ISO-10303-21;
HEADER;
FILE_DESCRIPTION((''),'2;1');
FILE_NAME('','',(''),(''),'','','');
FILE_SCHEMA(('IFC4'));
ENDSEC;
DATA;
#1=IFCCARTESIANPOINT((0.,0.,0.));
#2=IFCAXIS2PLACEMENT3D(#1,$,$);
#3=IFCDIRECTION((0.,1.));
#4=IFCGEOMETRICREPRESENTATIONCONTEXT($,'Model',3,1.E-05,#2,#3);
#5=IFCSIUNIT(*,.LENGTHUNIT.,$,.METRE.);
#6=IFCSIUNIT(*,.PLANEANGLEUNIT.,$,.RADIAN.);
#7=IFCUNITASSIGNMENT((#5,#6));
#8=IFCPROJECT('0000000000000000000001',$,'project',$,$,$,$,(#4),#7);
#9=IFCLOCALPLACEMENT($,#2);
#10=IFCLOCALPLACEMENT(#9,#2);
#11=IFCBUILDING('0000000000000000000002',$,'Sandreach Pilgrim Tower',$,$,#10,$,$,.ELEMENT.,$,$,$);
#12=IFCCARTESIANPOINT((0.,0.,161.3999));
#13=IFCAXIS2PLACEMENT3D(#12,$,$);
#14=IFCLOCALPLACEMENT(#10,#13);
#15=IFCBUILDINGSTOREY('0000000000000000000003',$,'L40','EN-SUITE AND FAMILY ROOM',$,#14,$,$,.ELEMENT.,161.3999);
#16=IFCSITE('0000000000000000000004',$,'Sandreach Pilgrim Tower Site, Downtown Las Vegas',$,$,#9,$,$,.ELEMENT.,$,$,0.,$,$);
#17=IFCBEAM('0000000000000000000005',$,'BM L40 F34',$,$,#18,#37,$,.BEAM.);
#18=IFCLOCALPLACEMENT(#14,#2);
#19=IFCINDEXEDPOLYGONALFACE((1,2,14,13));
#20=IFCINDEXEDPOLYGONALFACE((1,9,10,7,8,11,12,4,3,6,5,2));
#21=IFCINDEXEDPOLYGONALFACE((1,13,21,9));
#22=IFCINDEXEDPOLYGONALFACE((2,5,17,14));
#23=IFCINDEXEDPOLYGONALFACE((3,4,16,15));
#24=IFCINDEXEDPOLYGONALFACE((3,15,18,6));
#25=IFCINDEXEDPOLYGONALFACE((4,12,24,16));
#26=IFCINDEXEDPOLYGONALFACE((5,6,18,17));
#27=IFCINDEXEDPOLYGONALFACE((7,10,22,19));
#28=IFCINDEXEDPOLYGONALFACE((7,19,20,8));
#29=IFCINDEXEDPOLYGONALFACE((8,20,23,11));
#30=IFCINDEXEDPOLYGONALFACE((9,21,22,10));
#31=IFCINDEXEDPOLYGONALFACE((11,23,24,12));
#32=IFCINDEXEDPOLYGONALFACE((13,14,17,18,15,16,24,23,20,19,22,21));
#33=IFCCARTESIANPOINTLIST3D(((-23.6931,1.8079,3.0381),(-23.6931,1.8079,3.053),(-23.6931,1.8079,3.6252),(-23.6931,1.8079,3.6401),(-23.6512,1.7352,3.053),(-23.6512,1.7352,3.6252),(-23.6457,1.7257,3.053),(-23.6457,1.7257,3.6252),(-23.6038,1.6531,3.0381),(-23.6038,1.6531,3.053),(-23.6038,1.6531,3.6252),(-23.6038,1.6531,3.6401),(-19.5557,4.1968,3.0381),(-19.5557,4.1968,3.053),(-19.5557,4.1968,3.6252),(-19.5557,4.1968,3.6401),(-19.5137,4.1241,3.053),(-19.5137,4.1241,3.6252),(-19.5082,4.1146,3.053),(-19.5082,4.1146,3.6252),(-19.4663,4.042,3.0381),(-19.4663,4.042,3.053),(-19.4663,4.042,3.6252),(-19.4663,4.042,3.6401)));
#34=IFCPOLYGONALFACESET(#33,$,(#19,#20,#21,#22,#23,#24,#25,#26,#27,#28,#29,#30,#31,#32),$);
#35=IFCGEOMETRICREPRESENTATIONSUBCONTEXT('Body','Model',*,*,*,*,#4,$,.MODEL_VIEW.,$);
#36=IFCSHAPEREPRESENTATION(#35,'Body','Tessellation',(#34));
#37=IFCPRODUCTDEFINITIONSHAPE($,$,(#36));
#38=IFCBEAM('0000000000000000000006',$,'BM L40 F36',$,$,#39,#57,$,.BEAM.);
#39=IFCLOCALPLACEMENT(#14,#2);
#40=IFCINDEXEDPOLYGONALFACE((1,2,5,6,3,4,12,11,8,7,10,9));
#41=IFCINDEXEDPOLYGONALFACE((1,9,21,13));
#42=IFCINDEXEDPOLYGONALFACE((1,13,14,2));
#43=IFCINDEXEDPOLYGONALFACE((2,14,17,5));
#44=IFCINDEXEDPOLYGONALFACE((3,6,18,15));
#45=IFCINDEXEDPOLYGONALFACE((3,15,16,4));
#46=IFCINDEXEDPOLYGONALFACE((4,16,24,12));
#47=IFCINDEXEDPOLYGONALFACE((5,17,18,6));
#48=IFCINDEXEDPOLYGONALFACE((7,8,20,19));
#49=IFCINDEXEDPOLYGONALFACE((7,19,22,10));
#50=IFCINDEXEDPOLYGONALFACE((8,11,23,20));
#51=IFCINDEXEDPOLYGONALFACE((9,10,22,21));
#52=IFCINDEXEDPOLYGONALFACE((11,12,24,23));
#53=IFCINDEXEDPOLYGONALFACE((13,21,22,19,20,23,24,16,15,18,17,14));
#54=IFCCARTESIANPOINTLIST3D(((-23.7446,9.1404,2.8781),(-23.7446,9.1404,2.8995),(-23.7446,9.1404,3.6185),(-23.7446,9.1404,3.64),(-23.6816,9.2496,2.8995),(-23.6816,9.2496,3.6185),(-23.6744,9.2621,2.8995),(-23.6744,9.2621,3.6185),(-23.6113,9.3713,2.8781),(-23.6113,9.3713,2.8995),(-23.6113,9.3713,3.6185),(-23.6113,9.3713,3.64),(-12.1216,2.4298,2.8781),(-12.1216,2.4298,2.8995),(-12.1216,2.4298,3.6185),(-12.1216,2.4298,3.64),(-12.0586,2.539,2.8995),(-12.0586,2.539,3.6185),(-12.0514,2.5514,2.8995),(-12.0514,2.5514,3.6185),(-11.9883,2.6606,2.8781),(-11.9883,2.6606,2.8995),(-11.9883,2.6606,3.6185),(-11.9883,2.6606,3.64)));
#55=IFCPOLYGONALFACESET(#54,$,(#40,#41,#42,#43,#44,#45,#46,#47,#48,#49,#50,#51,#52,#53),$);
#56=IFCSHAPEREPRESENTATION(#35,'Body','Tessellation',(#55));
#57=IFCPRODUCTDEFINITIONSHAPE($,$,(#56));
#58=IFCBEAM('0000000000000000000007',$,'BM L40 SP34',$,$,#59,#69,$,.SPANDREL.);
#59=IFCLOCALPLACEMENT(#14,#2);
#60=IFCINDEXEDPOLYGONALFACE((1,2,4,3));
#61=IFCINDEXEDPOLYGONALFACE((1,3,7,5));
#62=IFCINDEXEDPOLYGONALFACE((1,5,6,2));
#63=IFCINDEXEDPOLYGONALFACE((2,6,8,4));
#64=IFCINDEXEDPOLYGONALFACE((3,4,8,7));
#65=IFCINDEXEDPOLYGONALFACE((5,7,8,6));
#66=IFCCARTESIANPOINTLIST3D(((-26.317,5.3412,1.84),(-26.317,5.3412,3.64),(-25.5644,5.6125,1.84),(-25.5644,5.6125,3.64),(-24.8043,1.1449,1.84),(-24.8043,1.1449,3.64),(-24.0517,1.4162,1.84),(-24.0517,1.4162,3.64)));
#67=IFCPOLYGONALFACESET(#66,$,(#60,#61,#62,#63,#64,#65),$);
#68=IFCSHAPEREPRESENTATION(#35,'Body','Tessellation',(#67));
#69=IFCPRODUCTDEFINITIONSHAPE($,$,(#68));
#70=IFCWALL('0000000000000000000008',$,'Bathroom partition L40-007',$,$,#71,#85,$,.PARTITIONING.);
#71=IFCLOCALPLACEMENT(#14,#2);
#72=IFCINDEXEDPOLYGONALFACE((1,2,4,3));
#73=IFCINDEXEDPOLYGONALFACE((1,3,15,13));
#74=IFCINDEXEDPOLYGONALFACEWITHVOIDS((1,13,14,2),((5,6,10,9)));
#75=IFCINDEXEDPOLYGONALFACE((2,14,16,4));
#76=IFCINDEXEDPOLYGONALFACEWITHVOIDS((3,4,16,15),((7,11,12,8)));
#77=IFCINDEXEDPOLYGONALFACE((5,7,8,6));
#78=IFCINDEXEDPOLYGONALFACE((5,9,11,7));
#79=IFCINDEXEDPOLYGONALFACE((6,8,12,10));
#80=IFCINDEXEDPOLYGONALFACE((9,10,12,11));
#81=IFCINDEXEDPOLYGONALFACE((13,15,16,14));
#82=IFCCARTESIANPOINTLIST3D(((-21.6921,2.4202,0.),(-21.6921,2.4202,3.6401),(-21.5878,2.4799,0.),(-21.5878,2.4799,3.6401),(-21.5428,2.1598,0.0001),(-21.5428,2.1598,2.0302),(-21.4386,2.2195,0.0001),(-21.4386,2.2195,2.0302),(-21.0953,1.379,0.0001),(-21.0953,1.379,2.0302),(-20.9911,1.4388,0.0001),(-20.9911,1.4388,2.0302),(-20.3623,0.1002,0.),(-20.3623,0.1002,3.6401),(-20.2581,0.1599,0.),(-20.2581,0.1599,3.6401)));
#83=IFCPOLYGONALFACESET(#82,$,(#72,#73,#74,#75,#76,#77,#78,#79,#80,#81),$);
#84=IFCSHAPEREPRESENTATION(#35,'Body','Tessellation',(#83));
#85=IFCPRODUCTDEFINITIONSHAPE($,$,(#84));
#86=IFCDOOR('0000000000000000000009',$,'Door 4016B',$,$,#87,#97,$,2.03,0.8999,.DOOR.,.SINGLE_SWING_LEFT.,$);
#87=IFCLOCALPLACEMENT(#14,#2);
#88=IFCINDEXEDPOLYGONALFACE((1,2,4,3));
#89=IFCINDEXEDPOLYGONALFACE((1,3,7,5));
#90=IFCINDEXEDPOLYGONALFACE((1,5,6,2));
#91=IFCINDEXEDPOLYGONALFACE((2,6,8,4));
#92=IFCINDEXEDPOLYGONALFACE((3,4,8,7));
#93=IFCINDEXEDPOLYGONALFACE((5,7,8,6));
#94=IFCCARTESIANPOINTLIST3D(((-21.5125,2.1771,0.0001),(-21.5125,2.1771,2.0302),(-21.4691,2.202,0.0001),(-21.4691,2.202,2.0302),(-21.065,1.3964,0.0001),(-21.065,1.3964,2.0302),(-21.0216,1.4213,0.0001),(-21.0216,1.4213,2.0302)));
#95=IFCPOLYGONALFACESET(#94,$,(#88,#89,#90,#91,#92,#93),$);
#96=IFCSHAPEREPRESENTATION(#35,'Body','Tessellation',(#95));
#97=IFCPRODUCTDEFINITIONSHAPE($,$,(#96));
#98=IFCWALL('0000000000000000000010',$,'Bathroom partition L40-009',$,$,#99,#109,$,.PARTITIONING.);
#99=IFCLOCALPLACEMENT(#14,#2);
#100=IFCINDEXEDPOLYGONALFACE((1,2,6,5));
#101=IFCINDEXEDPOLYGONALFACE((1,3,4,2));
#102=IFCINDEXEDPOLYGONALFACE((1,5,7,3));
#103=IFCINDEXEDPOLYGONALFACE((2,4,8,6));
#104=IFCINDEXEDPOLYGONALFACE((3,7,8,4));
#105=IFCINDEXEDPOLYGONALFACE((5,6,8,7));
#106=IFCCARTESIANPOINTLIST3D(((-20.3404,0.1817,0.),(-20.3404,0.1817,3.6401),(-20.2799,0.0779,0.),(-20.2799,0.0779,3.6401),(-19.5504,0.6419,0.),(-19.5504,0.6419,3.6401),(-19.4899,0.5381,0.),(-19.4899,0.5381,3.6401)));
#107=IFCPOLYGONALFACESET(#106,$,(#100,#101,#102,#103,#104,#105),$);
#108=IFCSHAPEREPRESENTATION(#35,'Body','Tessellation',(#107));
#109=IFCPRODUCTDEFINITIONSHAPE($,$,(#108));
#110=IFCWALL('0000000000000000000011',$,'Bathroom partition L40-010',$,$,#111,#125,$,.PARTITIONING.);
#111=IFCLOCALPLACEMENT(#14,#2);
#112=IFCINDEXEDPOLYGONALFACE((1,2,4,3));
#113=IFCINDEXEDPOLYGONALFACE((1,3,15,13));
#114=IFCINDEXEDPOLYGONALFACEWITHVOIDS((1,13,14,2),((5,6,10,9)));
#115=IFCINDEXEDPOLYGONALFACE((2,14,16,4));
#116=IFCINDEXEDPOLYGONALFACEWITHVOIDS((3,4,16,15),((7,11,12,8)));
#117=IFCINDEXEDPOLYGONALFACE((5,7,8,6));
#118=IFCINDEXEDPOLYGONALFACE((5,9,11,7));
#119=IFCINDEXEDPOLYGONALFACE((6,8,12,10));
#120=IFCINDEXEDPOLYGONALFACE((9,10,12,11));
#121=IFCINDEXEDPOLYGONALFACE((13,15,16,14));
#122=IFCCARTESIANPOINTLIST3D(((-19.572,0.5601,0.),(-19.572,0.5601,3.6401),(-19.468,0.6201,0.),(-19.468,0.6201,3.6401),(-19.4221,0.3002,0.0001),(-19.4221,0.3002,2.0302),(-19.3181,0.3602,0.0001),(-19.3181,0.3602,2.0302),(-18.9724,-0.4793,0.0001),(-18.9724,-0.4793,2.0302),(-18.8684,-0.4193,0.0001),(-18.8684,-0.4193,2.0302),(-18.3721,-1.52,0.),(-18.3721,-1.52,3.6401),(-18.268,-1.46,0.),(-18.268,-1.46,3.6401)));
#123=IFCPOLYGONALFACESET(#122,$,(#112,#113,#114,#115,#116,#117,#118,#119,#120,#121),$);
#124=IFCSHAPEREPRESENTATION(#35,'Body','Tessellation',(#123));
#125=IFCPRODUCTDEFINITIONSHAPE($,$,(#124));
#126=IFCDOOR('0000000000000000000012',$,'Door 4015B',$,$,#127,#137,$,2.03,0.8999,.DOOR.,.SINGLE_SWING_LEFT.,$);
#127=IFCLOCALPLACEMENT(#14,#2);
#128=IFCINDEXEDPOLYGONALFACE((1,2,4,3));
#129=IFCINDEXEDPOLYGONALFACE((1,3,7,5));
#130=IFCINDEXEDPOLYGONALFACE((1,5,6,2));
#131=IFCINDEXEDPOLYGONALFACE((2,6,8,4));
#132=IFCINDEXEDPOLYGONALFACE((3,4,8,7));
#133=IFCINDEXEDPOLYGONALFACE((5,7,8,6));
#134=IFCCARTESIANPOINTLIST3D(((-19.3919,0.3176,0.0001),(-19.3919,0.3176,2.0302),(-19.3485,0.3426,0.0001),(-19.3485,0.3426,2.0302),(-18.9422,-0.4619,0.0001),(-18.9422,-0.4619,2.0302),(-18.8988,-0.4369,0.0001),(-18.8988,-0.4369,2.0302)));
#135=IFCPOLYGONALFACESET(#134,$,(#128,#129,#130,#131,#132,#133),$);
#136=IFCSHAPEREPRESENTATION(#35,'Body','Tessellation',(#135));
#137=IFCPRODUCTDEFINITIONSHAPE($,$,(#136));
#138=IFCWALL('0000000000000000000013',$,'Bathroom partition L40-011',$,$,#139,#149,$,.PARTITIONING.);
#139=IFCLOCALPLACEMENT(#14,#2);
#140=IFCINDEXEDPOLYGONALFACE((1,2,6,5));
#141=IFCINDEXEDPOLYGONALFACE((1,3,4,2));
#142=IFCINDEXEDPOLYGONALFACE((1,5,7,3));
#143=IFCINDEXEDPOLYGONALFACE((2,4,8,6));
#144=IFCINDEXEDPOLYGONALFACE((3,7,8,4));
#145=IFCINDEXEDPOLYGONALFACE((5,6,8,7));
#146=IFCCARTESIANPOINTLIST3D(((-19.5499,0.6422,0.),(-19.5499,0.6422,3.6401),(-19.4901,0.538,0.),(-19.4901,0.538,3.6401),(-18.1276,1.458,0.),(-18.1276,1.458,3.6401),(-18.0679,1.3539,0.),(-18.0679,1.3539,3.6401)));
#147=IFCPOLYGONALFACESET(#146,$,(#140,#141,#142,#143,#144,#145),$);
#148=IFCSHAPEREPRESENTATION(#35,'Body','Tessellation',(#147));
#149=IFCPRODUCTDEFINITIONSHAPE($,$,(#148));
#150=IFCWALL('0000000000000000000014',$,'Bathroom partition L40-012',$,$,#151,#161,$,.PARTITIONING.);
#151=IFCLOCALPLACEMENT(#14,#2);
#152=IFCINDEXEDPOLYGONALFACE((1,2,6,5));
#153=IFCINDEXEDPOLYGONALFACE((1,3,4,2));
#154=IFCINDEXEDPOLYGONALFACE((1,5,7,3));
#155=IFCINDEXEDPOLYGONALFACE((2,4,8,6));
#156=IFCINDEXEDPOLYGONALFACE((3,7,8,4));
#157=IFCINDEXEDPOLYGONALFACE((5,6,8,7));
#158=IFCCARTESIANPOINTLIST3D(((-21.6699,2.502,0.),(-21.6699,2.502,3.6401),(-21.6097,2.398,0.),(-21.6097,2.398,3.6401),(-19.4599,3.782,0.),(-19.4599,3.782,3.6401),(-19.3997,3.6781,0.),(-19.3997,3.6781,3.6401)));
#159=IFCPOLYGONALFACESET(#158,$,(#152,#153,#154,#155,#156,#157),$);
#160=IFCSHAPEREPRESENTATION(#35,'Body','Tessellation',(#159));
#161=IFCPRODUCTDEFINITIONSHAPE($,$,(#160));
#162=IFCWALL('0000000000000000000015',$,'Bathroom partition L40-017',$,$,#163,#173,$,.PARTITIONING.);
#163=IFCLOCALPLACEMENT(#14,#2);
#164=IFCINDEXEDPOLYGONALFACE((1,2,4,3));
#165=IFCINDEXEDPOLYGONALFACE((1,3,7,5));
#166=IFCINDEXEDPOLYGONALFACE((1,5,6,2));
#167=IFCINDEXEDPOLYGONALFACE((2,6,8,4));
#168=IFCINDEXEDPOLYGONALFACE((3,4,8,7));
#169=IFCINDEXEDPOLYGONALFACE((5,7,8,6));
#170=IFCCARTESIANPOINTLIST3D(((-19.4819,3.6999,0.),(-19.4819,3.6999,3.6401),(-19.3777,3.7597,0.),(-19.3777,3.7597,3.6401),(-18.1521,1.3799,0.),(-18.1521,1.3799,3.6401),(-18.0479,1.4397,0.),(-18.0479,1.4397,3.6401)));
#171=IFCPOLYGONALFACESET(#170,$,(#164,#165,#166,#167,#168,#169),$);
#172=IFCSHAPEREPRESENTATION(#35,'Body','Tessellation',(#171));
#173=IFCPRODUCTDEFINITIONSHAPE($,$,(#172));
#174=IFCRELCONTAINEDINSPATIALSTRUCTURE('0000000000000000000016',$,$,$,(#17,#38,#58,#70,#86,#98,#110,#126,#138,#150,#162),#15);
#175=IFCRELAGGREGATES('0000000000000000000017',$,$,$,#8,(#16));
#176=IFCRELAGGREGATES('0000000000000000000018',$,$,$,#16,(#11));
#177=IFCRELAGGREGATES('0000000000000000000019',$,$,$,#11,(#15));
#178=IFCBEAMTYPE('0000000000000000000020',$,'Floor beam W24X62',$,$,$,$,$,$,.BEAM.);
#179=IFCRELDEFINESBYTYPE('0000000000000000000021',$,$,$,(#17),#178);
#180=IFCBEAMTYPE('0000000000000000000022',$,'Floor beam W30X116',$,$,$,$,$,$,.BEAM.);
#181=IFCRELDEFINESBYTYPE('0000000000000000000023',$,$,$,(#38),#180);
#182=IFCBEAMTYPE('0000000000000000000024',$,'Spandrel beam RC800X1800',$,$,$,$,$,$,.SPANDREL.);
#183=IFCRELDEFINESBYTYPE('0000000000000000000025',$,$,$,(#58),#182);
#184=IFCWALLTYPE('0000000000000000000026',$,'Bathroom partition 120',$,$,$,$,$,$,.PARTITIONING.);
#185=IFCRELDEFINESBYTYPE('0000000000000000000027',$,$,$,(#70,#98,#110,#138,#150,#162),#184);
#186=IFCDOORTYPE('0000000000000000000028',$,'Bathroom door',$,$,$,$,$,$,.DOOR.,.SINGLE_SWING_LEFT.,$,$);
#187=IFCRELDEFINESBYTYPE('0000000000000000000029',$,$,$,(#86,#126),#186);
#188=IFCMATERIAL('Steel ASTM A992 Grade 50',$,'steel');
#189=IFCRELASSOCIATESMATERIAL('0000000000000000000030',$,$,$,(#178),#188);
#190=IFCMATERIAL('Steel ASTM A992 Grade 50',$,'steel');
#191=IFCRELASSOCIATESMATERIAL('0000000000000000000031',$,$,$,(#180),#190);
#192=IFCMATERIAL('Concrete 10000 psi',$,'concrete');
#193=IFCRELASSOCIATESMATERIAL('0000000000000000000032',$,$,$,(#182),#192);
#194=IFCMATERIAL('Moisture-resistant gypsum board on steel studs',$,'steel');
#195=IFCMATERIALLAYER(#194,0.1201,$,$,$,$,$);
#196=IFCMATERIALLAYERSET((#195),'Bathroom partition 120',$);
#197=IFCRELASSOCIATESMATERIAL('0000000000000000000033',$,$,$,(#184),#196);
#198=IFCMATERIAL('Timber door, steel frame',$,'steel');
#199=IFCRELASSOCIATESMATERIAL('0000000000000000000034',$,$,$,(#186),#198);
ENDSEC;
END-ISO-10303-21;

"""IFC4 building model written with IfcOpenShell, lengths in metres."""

from ifc_helpers import new_model, si_unit, direction, frame, frame_2d, origin, origin_2d, place, context, subcontext, project, spatial, rectangle, i_section, extrude, material, layer, layer_set, material_profile, profile_set, type_object, element, fill, save


model = new_model("IFC4")

# Units and contexts
model_context = context("Model", 3, precision=1e-05, world=origin(), true_north=direction((0.0, 1.0)))
body_context = subcontext(model_context, "Body", "Model", "MODEL_VIEW")
ifc_project = project(units=[si_unit("LENGTHUNIT", "METRE"), si_unit("PLANEANGLEUNIT", "RADIAN")], contexts=[model_context])

# Site, building, storey
site_placement = place(None, origin())
site = spatial("IfcSite", under=ifc_project, at=site_placement, Name="Sandreach Pilgrim Tower Site, Downtown Las Vegas", CompositionType="ELEMENT", RefElevation=0.0)
building_placement = place(site_placement, origin())
building = spatial("IfcBuilding", under=site, at=building_placement, Name="Sandreach Pilgrim Tower", CompositionType="ELEMENT")
storey_placement = place(building_placement, frame((0.0, 0.0, 161.3999)))
storey = spatial("IfcBuildingStorey", under=building, at=storey_placement, Name="L40", Description="EN-SUITE AND FAMILY ROOM", CompositionType="ELEMENT", Elevation=161.3999)

# Beams
ifc_material_1 = material(Name="Steel ASTM A992 Grade 50", Category="steel")
ifc_material_profile_1 = material_profile(ifc_material_1, i_section(OverallWidth=0.1787, OverallDepth=0.6021, WebThickness=0.011, FlangeThickness=0.0149, at=origin_2d()), Name="W24X62")
ifc_profile_set_1 = profile_set([ifc_material_profile_1], Name="Steel ASTM A992 Grade 50")
beam_type_1 = type_object("IfcBeamType", Name="Floor beam W24X62", PredefinedType="BEAM", material=ifc_profile_set_1)
beam_1_placement = place(storey_placement, frame((-23.6484, 1.7305, 3.3391), z_axis=(0.866011, 0.500025, 0.0), x_axis=(-0.500025, 0.866011, 0.0)))
element("IfcBeam", 1, at=beam_1_placement, inside=storey, type_object=beam_type_1, Name="BM L40 F34", PredefinedType="BEAM", context=body_context, shape_type="SweptSolid", body=[
    extrude(i_section(OverallWidth=0.1787, OverallDepth=0.6021, WebThickness=0.011, FlangeThickness=0.0149, at=origin_2d()), origin(), (0.0, 0.0, 1.0), 4.7776),
])
ifc_material_2 = material(Name="Steel ASTM A992 Grade 50", Category="steel")
ifc_material_profile_2 = material_profile(ifc_material_2, i_section(OverallWidth=0.2666, OverallDepth=0.762, WebThickness=0.0144, FlangeThickness=0.0215, at=origin_2d()), Name="W30X116")
ifc_profile_set_2 = profile_set([ifc_material_profile_2], Name="Steel ASTM A992 Grade 50")
beam_type_2 = type_object("IfcBeamType", Name="Floor beam W30X116", PredefinedType="BEAM", material=ifc_profile_set_2)
beam_2_placement = place(storey_placement, frame((-23.678, 9.2559, 3.259), z_axis=(0.866021, -0.500007, 0.0), x_axis=(0.500007, 0.866021, 0.0)))
element("IfcBeam", 2, at=beam_2_placement, inside=storey, type_object=beam_type_2, Name="BM L40 F36", PredefinedType="BEAM", context=body_context, shape_type="SweptSolid", body=[
    extrude(i_section(OverallWidth=0.2666, OverallDepth=0.762, WebThickness=0.0144, FlangeThickness=0.0215, at=origin_2d()), origin(), (0.0, 0.0, 1.0), 13.4211),
])
ifc_material_3 = material(Name="Concrete 10000 psi", Category="concrete")
ifc_material_profile_3 = material_profile(ifc_material_3, rectangle(XDim=0.8, YDim=1.8, at=origin_2d()), Name="RC800X1800")
ifc_profile_set_3 = profile_set([ifc_material_profile_3], Name="Concrete 10000 psi")
beam_type_3 = type_object("IfcBeamType", Name="Spandrel beam RC800X1800", PredefinedType="SPANDREL", material=ifc_profile_set_3)
beam_3_placement = place(storey_placement, frame((-24.428, 1.2805, 2.74), z_axis=(-0.339123, 0.940742, 0.0), x_axis=(-0.940742, -0.339123, 0.0)))
element("IfcBeam", 3, at=beam_3_placement, inside=storey, type_object=beam_type_3, Name="BM L40 SP34", PredefinedType="SPANDREL", context=body_context, shape_type="SweptSolid", body=[
    extrude(rectangle(XDim=0.8, YDim=1.8, at=origin_2d()), origin(), (0.0, 0.0, 1.0), 4.4607),
])

# Wall, opening, door
ifc_material_4 = material(Name="Moisture-resistant gypsum board on steel studs", Category="steel")
ifc_layer_1 = layer(ifc_material_4, 0.1201)
ifc_layer_set_1 = layer_set([ifc_layer_1], Name="Bathroom partition 120")
wall_type_1 = type_object("IfcWallType", Name="Bathroom partition 120", PredefinedType="PARTITIONING", material=ifc_layer_set_1)
wall_1_placement = place(storey_placement, frame((-21.6399, 2.45, 0.0), z_axis=(0.0, 0.0, 1.0), x_axis=(0.497289, -0.867585, 0.0)))
wall_1 = element("IfcWall", 4, at=wall_1_placement, inside=storey, type_object=wall_type_1, Name="Bathroom partition L40-007", PredefinedType="PARTITIONING", context=body_context, shape_type="SweptSolid", body=[
    extrude(rectangle(XDim=2.6741, YDim=0.1201, at=frame_2d((1.3369, 0.0))), origin(), (0.0, 0.0, 1.0), 3.6401),
])
opening_1_placement = place(wall_1_placement, frame((0.3, 0.0, 0.0)))
opening_1 = element("IfcOpeningElement", 5, at=opening_1_placement, cuts=wall_1, PredefinedType="OPENING", context=body_context, shape_type="SweptSolid", body=[
    extrude(rectangle(XDim=0.8999, YDim=2.03, at=frame_2d((0.45, 1.0151))), frame((0.0, 0.0601, 0.0), z_axis=(0.0, -1.0, 0.0), x_axis=(1.0, 0.0, 0.0)), (0.0, 0.0, 1.0), 0.1201),
])
ifc_material_5 = material(Name="Timber door, steel frame", Category="steel")
door_type_1 = type_object("IfcDoorType", Name="Bathroom door", OperationType="SINGLE_SWING_LEFT", PredefinedType="DOOR", material=ifc_material_5)
door_1_placement = place(opening_1_placement, origin())
door_1 = element("IfcDoor", 6, at=door_1_placement, inside=storey, type_object=door_type_1, Name="Door 4016B", OperationType="SINGLE_SWING_LEFT", OverallHeight=2.03, OverallWidth=0.8999, PredefinedType="DOOR", context=body_context, shape_type="SweptSolid", body=[
    extrude(rectangle(XDim=0.8999, YDim=2.03, at=frame_2d((0.45, 1.0151))), frame((0.0, 0.0249, 0.0), z_axis=(0.0, -1.0, 0.0), x_axis=(1.0, 0.0, 0.0)), (0.0, 0.0, 1.0), 0.05),
])
fill(opening_1, door_1)

# Wall
wall_2_placement = place(storey_placement, frame((-20.3101, 0.1299, 0.0), z_axis=(0.0, 0.0, 1.0), x_axis=(0.864089, 0.50334, 0.0)))
element("IfcWall", 7, at=wall_2_placement, inside=storey, type_object=wall_type_1, Name="Bathroom partition L40-009", PredefinedType="PARTITIONING", context=body_context, shape_type="SweptSolid", body=[
    extrude(rectangle(XDim=0.9143, YDim=0.1201, at=frame_2d((0.457, 0.0))), origin(), (0.0, 0.0, 1.0), 3.6401),
])

# Wall, opening, door
wall_3_placement = place(storey_placement, frame((-19.52, 0.5901, 0.0), z_axis=(0.0, 0.0, 1.0), x_axis=(0.499693, -0.866203, 0.0)))
wall_3 = element("IfcWall", 8, at=wall_3_placement, inside=storey, type_object=wall_type_1, Name="Bathroom partition L40-010", PredefinedType="PARTITIONING", context=body_context, shape_type="SweptSolid", body=[
    extrude(rectangle(XDim=2.4014, YDim=0.1201, at=frame_2d((1.2007, 0.0))), origin(), (0.0, 0.0, 1.0), 3.6401),
])
opening_2_placement = place(wall_3_placement, frame((0.3, 0.0, 0.0)))
opening_2 = element("IfcOpeningElement", 9, at=opening_2_placement, cuts=wall_3, PredefinedType="OPENING", context=body_context, shape_type="SweptSolid", body=[
    extrude(rectangle(XDim=0.8999, YDim=2.03, at=frame_2d((0.45, 1.0151))), frame((0.0, 0.0601, 0.0), z_axis=(0.0, -1.0, 0.0), x_axis=(1.0, 0.0, 0.0)), (0.0, 0.0, 1.0), 0.1201),
])
door_2_placement = place(opening_2_placement, origin())
door_2 = element("IfcDoor", 10, at=door_2_placement, inside=storey, type_object=door_type_1, Name="Door 4015B", OperationType="SINGLE_SWING_LEFT", OverallHeight=2.03, OverallWidth=0.8999, PredefinedType="DOOR", context=body_context, shape_type="SweptSolid", body=[
    extrude(rectangle(XDim=0.8999, YDim=2.03, at=frame_2d((0.45, 1.0151))), frame((0.0, 0.0249, 0.0), z_axis=(0.0, -1.0, 0.0), x_axis=(1.0, 0.0, 0.0)), (0.0, 0.0, 1.0), 0.05),
])
fill(opening_2, door_2)

# Walls
wall_4_placement = place(storey_placement, frame((-19.52, 0.5901, 0.0), z_axis=(0.0, 0.0, 1.0), x_axis=(0.867417, 0.497581, 0.0)))
element("IfcWall", 11, at=wall_4_placement, inside=storey, type_object=wall_type_1, Name="Bathroom partition L40-011", PredefinedType="PARTITIONING", context=body_context, shape_type="SweptSolid", body=[
    extrude(rectangle(XDim=1.6396, YDim=0.1201, at=frame_2d((0.8198, 0.0))), origin(), (0.0, 0.0, 1.0), 3.6401),
])
wall_5_placement = place(storey_placement, frame((-19.4299, 3.73, 0.0), z_axis=(0.0, 0.0, 1.0), x_axis=(-0.865328, -0.501206, 0.0)))
element("IfcWall", 12, at=wall_5_placement, inside=storey, type_object=wall_type_1, Name="Bathroom partition L40-012", PredefinedType="PARTITIONING", context=body_context, shape_type="SweptSolid", body=[
    extrude(rectangle(XDim=2.554, YDim=0.1201, at=frame_2d((1.2769, 0.0))), origin(), (0.0, 0.0, 1.0), 3.6401),
])
wall_6_placement = place(storey_placement, frame((-18.1001, 1.4099, 0.0), z_axis=(0.0, 0.0, 1.0), x_axis=(-0.497289, 0.867585, 0.0)))
element("IfcWall", 13, at=wall_6_placement, inside=storey, type_object=wall_type_1, Name="Bathroom partition L40-017", PredefinedType="PARTITIONING", context=body_context, shape_type="SweptSolid", body=[
    extrude(rectangle(XDim=2.6741, YDim=0.1201, at=frame_2d((1.3369, 0.0))), origin(), (0.0, 0.0, 1.0), 3.6401),
])

save(model, "model.ifc")
